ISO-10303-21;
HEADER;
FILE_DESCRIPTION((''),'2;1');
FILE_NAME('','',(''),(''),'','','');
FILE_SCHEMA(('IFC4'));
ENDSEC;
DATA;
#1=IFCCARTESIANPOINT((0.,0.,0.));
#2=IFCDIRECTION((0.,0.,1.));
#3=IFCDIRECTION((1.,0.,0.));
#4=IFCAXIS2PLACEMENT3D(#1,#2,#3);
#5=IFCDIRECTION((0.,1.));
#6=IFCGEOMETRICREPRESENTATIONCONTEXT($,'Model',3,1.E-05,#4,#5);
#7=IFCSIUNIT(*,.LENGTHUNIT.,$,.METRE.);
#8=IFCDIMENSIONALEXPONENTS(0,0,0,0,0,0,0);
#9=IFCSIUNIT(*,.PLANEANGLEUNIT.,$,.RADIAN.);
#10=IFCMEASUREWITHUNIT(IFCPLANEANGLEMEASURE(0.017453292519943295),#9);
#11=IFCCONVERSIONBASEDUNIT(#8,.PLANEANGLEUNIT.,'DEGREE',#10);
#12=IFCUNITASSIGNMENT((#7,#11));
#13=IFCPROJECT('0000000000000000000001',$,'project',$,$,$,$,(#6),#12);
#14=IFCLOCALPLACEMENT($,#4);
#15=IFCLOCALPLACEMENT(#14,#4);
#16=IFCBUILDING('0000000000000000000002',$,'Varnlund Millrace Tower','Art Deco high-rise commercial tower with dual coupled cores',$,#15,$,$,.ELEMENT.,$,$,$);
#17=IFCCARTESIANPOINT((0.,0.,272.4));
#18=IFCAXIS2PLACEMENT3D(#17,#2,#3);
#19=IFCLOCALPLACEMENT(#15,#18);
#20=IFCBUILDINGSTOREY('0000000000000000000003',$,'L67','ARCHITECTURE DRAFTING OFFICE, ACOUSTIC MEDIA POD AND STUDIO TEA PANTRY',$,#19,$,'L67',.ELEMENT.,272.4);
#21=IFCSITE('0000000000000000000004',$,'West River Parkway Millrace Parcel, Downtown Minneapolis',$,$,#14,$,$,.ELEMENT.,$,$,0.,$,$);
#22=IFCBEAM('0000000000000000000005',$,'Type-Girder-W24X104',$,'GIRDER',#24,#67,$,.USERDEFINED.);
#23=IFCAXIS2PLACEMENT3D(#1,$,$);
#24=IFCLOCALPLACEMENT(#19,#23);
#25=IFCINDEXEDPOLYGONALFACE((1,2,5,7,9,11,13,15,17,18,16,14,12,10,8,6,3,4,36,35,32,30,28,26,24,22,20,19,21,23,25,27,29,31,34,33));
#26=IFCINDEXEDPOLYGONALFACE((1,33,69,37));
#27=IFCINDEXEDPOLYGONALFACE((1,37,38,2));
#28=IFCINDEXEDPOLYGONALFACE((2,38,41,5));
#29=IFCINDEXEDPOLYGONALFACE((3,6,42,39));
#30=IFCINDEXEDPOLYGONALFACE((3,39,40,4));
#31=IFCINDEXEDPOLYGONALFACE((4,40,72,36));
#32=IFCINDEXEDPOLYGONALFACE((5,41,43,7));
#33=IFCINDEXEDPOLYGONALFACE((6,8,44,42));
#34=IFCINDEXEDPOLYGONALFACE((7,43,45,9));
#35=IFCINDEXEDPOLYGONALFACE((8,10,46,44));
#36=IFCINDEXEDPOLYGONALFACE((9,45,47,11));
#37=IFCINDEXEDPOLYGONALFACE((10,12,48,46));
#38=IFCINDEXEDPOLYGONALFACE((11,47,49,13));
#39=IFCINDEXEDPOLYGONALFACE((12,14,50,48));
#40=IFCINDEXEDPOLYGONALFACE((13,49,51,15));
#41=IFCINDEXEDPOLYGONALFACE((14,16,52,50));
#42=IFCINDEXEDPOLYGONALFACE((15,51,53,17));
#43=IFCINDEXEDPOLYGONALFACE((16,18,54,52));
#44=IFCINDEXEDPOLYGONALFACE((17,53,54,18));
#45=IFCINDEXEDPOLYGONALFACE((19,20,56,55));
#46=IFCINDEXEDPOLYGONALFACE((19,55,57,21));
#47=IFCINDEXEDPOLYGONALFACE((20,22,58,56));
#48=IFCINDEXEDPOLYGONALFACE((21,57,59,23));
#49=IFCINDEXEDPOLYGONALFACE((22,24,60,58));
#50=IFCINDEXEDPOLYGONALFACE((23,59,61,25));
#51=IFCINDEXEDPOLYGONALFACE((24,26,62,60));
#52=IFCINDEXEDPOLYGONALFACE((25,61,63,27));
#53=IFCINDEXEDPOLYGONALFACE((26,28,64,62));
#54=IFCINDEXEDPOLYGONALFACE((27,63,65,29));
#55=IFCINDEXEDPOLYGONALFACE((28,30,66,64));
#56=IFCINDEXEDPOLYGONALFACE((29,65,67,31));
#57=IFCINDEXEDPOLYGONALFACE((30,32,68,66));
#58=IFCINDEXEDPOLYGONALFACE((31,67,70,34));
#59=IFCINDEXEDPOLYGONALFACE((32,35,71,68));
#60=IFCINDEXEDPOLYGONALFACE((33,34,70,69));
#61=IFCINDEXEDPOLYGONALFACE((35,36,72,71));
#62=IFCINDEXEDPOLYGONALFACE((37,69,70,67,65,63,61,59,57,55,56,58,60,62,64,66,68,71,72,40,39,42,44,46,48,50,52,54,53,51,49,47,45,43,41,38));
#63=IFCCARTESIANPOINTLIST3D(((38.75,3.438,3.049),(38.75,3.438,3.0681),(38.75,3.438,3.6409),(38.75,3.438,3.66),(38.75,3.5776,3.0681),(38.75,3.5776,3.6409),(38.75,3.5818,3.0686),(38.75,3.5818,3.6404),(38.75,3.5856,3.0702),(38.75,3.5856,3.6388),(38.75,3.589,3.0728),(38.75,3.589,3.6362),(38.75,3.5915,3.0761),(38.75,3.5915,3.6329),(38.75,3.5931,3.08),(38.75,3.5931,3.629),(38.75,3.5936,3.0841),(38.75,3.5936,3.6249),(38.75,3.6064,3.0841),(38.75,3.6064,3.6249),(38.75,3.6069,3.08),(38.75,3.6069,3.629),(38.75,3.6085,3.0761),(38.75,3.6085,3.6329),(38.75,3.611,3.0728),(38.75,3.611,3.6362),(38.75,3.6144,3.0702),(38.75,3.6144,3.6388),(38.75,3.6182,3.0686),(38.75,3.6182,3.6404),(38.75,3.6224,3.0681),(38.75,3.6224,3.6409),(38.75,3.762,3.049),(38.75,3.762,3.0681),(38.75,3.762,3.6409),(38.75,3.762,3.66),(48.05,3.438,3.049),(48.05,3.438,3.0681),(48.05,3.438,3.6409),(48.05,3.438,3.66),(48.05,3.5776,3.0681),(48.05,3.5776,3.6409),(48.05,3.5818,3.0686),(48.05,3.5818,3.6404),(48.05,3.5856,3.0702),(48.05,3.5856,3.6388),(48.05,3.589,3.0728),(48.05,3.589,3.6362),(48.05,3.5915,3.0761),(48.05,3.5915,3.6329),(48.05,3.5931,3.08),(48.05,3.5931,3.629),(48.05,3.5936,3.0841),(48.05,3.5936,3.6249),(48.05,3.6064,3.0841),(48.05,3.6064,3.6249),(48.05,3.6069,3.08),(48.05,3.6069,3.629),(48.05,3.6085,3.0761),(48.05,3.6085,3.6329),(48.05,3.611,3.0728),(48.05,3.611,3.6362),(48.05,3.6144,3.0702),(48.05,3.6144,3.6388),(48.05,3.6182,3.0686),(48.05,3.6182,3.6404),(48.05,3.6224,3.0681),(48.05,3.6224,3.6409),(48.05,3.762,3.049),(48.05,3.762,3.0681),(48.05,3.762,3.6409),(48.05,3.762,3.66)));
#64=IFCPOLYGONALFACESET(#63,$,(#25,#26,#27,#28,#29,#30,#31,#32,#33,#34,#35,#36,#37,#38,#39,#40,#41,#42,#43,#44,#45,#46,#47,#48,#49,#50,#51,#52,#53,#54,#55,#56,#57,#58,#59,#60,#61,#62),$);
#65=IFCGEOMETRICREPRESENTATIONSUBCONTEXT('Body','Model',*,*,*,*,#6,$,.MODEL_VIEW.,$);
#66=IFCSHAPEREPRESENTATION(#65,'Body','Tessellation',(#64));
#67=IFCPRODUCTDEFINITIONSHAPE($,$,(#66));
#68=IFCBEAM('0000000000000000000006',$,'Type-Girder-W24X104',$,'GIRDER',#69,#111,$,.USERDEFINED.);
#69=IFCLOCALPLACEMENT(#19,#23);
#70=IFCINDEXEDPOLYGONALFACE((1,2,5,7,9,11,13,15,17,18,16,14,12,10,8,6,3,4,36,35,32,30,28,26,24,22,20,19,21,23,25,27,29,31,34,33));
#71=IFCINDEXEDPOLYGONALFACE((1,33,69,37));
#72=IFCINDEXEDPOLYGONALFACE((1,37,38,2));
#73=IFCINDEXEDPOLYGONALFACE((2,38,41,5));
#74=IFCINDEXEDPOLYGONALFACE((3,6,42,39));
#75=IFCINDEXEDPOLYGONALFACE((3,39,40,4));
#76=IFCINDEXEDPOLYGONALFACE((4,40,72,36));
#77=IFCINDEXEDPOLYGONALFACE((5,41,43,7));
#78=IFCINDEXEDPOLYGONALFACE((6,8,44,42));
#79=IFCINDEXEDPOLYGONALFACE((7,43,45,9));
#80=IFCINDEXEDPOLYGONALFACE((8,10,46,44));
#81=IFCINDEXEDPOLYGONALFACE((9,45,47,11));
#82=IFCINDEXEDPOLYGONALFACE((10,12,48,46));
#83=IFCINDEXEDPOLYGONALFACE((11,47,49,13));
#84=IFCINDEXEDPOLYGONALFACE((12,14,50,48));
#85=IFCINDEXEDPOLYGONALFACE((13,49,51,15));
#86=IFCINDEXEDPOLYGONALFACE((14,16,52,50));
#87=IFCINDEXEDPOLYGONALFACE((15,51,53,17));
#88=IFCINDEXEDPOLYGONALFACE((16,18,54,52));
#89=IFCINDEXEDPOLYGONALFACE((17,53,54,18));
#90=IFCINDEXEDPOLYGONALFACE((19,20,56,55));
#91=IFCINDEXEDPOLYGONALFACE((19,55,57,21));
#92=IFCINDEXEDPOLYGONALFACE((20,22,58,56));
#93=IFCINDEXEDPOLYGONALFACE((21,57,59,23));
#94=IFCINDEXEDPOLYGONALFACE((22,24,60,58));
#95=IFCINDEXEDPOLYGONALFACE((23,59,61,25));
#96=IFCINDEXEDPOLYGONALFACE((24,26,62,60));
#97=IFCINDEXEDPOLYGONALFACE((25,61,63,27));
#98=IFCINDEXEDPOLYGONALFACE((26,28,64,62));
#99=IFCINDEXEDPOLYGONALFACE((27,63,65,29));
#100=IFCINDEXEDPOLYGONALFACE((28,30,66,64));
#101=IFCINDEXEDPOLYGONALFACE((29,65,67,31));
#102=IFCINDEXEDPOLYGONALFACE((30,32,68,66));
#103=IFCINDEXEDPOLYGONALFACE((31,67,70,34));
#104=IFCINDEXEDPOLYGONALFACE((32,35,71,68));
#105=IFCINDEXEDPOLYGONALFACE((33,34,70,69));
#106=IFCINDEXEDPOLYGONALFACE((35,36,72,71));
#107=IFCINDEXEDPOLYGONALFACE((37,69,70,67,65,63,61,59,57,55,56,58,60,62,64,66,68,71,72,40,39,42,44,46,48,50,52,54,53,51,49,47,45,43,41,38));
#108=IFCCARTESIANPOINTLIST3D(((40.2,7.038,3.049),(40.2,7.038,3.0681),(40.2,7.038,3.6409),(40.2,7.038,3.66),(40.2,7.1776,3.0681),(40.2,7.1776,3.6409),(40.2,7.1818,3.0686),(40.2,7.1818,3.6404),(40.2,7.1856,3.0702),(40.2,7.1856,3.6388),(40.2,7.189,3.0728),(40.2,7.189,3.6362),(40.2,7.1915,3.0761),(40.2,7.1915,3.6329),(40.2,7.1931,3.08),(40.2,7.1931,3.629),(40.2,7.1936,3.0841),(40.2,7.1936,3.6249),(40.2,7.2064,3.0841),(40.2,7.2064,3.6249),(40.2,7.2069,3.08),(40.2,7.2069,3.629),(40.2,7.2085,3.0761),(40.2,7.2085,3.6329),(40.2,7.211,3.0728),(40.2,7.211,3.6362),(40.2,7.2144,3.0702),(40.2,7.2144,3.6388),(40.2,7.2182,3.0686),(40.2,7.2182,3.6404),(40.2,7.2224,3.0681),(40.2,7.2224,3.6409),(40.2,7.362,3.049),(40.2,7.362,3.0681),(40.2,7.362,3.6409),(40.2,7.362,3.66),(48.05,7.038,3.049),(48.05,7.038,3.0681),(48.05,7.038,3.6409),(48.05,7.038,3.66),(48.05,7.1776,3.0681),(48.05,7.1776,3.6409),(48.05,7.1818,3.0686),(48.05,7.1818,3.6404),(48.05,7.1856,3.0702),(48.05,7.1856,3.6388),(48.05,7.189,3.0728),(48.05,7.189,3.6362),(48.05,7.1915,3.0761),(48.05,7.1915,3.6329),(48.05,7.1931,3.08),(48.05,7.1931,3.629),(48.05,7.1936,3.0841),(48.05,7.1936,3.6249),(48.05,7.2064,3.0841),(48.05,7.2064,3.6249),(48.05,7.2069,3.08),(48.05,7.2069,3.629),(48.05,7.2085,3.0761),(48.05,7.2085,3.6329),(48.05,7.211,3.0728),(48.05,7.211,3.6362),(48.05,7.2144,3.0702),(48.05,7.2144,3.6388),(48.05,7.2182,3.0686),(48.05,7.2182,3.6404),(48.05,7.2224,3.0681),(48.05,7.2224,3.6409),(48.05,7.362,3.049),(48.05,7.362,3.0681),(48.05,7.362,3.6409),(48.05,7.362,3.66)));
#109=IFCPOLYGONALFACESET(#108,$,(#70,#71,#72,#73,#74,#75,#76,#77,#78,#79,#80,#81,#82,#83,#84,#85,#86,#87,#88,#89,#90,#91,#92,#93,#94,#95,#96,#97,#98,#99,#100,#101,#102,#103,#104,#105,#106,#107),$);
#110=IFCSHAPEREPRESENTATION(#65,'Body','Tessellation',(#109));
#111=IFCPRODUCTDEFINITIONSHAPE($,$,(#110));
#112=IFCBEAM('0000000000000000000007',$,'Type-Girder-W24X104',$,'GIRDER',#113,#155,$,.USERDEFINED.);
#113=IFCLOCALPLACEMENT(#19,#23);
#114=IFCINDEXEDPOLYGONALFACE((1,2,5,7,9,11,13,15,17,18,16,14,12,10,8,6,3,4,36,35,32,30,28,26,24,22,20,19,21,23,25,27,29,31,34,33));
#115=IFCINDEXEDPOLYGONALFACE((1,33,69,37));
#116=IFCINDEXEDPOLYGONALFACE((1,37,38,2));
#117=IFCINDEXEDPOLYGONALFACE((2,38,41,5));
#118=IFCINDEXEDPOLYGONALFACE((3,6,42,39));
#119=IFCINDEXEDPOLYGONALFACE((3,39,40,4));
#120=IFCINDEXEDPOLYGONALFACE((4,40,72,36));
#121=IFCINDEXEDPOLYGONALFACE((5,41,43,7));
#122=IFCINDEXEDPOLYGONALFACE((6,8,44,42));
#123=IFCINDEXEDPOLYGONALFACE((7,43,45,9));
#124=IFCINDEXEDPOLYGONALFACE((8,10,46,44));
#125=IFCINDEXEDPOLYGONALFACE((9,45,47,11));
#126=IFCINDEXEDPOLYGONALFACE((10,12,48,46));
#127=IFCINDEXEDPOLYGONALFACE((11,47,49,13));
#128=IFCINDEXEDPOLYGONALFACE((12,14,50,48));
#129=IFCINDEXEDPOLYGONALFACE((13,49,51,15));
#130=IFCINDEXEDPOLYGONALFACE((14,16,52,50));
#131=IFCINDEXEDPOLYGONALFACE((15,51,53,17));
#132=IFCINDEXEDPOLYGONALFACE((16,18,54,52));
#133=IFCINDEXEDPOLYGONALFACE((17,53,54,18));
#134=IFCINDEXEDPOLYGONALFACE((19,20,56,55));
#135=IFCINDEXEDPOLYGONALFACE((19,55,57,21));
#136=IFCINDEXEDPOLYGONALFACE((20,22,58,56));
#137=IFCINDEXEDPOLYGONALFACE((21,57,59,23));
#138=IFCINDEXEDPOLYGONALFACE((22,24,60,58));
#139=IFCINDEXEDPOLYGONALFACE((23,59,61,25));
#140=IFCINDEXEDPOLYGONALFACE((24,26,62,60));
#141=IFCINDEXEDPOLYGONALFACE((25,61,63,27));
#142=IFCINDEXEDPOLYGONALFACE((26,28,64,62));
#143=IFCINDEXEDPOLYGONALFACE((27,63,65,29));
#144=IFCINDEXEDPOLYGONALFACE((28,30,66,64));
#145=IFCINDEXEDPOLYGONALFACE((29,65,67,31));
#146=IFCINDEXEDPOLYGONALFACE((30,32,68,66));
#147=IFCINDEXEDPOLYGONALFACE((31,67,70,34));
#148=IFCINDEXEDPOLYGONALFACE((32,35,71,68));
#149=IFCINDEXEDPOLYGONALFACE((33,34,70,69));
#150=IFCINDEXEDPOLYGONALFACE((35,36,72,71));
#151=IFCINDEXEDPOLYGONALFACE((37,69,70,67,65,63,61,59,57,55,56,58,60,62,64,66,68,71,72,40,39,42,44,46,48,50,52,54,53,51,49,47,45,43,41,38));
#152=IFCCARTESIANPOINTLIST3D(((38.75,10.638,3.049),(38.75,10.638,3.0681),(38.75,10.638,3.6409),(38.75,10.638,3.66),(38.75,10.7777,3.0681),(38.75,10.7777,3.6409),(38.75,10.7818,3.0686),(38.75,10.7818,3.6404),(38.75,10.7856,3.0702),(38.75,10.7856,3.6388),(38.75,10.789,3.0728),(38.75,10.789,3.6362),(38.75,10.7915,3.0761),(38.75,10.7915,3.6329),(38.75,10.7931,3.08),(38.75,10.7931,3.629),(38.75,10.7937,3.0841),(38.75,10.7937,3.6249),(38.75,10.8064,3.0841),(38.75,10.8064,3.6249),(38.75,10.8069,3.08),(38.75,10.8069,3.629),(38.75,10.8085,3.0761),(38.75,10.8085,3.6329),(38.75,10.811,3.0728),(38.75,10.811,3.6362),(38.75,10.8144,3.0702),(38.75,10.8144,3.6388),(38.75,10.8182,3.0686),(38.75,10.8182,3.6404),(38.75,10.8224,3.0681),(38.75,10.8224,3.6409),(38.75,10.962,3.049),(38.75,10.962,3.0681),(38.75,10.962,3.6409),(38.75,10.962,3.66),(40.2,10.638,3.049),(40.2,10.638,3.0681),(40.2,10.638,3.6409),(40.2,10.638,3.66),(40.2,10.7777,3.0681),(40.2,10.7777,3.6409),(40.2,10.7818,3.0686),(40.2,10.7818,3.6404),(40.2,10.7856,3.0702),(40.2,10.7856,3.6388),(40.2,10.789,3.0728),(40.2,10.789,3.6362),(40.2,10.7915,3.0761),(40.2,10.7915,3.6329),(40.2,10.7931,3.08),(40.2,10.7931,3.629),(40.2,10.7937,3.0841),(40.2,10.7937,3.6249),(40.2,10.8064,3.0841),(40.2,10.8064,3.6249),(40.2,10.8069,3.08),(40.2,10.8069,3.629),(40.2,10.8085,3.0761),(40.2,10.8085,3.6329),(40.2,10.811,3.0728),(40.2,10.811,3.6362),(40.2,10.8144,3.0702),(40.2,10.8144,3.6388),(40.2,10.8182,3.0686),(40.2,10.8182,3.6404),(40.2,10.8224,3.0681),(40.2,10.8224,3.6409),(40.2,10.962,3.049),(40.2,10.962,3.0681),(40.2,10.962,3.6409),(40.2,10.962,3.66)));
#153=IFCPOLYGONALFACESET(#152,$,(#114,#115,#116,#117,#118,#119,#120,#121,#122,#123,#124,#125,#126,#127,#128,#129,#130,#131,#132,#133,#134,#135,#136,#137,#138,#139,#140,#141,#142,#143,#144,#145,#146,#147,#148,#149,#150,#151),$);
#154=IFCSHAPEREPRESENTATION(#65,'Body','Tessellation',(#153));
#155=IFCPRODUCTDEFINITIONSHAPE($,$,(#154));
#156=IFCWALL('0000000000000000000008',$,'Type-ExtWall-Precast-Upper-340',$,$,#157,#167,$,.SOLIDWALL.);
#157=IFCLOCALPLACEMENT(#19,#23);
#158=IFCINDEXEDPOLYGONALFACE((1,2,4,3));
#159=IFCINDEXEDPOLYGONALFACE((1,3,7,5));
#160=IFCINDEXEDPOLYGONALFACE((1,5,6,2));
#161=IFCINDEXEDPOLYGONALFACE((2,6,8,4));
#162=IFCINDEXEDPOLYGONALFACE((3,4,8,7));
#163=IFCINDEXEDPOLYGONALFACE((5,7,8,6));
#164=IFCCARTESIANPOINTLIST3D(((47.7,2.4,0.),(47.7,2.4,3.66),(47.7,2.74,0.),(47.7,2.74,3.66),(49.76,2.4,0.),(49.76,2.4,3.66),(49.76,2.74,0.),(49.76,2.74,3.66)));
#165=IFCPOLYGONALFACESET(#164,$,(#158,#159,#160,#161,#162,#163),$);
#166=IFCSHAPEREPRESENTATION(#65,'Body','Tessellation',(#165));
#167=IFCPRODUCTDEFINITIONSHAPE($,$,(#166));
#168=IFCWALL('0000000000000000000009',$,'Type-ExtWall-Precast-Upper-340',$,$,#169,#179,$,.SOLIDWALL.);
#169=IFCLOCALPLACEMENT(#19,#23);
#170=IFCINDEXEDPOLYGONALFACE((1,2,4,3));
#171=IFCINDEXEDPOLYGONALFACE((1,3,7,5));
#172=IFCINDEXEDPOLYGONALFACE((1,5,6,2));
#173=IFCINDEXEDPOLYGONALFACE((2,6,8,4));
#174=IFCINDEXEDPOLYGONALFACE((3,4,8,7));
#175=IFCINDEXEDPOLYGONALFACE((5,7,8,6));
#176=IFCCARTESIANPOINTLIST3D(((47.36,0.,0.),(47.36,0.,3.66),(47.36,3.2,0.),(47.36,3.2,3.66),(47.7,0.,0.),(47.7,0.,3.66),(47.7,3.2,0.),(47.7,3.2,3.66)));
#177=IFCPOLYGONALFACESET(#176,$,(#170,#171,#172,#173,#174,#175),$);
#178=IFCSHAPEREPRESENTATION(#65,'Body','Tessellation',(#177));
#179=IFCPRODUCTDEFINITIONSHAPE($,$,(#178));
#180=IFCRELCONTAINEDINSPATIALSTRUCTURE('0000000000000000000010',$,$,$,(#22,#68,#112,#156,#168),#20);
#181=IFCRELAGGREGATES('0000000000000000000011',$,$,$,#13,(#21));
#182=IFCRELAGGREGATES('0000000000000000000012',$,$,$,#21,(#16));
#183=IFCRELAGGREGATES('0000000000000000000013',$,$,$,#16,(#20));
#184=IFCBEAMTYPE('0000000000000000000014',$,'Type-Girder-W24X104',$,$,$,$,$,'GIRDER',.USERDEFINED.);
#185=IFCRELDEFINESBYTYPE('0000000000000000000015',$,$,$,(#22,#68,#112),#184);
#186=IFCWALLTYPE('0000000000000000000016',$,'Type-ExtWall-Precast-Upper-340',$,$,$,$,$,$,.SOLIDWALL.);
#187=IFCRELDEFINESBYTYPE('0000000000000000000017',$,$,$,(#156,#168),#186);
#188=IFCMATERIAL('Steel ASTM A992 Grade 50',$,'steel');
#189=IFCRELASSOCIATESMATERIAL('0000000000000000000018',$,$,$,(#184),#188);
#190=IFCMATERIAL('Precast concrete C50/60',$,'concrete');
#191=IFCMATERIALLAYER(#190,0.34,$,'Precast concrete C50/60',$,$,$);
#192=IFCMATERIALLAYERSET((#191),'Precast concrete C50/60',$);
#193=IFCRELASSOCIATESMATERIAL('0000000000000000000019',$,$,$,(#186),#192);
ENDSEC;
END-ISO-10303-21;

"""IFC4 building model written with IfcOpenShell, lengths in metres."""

from ifc_helpers import new_model, entity, si_unit, converted_unit, direction, frame, origin_with_axes, origin_2d_with_axis, place, context, subcontext, project, spatial, polyline, i_section, outline, extrude, material, layer, layer_set, material_profile, profile_set, type_object, element, save


model = new_model("IFC4")

# Units and contexts
model_context = context("Model", 3, precision=1e-05, world=origin_with_axes(), true_north=direction((0.0, 1.0)))
body_context = subcontext(model_context, "Body", "Model", "MODEL_VIEW")
ifc_project = project(units=[si_unit("LENGTHUNIT", "METRE"), converted_unit("PLANEANGLEUNIT", "DEGREE", entity("IfcPlaneAngleMeasure", 0.017453292519943295), si_unit("PLANEANGLEUNIT", "RADIAN"), dimensions=[0, 0, 0, 0, 0, 0, 0])], contexts=[model_context])

# Site, building, storey
site_placement = place(None, origin_with_axes())
site = spatial("IfcSite", under=ifc_project, at=site_placement, Name="West River Parkway Millrace Parcel, Downtown Minneapolis", CompositionType="ELEMENT", RefElevation=0.0)
building_placement = place(site_placement, origin_with_axes())
building = spatial("IfcBuilding", under=site, at=building_placement, Name="Varnlund Millrace Tower", Description="Art Deco high-rise commercial tower with dual coupled cores", CompositionType="ELEMENT")
storey_placement = place(building_placement, frame((0.0, 0.0, 272.4), z_axis=(0.0, 0.0, 1.0), x_axis=(1.0, 0.0, 0.0)))
storey = spatial("IfcBuildingStorey", under=building, at=storey_placement, Name="L67", Description="ARCHITECTURE DRAFTING OFFICE, ACOUSTIC MEDIA POD AND STUDIO TEA PANTRY", LongName="L67", CompositionType="ELEMENT", Elevation=272.4)

# Beams
ifc_material_1 = material(Name="Steel ASTM A992 Grade 50", Category="steel")
ifc_material_profile_1 = material_profile(ifc_material_1, i_section(OverallWidth=0.324, OverallDepth=0.611, WebThickness=0.0127, FlangeThickness=0.0191, FilletRadius=0.016, at=origin_2d_with_axis()), Name="Steel ASTM A992 Grade 50")
ifc_profile_set_1 = profile_set([ifc_material_profile_1], Name="Steel ASTM A992 Grade 50")
beam_type_1 = type_object("IfcBeamType", Name="Type-Girder-W24X104", ElementType="GIRDER", PredefinedType="USERDEFINED", material=ifc_profile_set_1)
beam_1_placement = place(storey_placement, frame((38.75, 3.6, 3.3545), z_axis=(1.0, 0.0, 0.0), x_axis=(0.0, 1.0, 0.0)))
element("IfcBeam", 1, at=beam_1_placement, inside=storey, type_object=beam_type_1, Name="Type-Girder-W24X104", ObjectType="GIRDER", PredefinedType="USERDEFINED", context=body_context, shape_type="SweptSolid", body=[
    extrude(i_section(OverallWidth=0.324, OverallDepth=0.611, WebThickness=0.0127, FlangeThickness=0.0191, FilletRadius=0.016, at=origin_2d_with_axis()), origin_with_axes(), (0.0, 0.0, 1.0), 9.3),
])
beam_2_placement = place(storey_placement, frame((40.2, 7.2, 3.3545), z_axis=(1.0, 0.0, 0.0), x_axis=(0.0, 1.0, 0.0)))
element("IfcBeam", 2, at=beam_2_placement, inside=storey, type_object=beam_type_1, Name="Type-Girder-W24X104", ObjectType="GIRDER", PredefinedType="USERDEFINED", context=body_context, shape_type="SweptSolid", body=[
    extrude(i_section(OverallWidth=0.324, OverallDepth=0.611, WebThickness=0.0127, FlangeThickness=0.0191, FilletRadius=0.016, at=origin_2d_with_axis()), origin_with_axes(), (0.0, 0.0, 1.0), 7.85),
])
beam_3_placement = place(storey_placement, frame((38.75, 10.8, 3.3545), z_axis=(1.0, 0.0, 0.0), x_axis=(0.0, 1.0, 0.0)))
element("IfcBeam", 3, at=beam_3_placement, inside=storey, type_object=beam_type_1, Name="Type-Girder-W24X104", ObjectType="GIRDER", PredefinedType="USERDEFINED", context=body_context, shape_type="SweptSolid", body=[
    extrude(i_section(OverallWidth=0.324, OverallDepth=0.611, WebThickness=0.0127, FlangeThickness=0.0191, FilletRadius=0.016, at=origin_2d_with_axis()), origin_with_axes(), (0.0, 0.0, 1.0), 1.45),
])

# Walls
ifc_material_2 = material(Name="Precast concrete C50/60", Category="concrete")
ifc_layer_1 = layer(ifc_material_2, 0.34, Name="Precast concrete C50/60")
ifc_layer_set_1 = layer_set([ifc_layer_1], Name="Precast concrete C50/60")
wall_type_1 = type_object("IfcWallType", Name="Type-ExtWall-Precast-Upper-340", PredefinedType="SOLIDWALL", material=ifc_layer_set_1)
wall_1_placement = place(storey_placement, frame((49.76, 2.57, 0.0), z_axis=(0.0, 0.0, 1.0), x_axis=(-1.0, 0.0, 0.0)))
element("IfcWall", 4, at=wall_1_placement, inside=storey, type_object=wall_type_1, Name="Type-ExtWall-Precast-Upper-340", PredefinedType="SOLIDWALL", context=body_context, shape_type="SweptSolid", body=[
    extrude(outline(polyline([(0.0, -0.17), (2.06, -0.17), (2.06, 0.17), (0.0, 0.17), (0.0, -0.17)])), origin_with_axes(), (0.0, 0.0, 1.0), 3.66),
])
wall_2_placement = place(storey_placement, frame((47.53, 3.2, 0.0), z_axis=(0.0, 0.0, 1.0), x_axis=(0.0, -1.0, 0.0)))
element("IfcWall", 5, at=wall_2_placement, inside=storey, type_object=wall_type_1, Name="Type-ExtWall-Precast-Upper-340", PredefinedType="SOLIDWALL", context=body_context, shape_type="SweptSolid", body=[
    extrude(outline(polyline([(0.0, -0.17), (3.2, -0.17), (3.2, 0.17), (0.0, 0.17), (0.0, -0.17)])), origin_with_axes(), (0.0, 0.0, 1.0), 3.66),
])

save(model, "model.ifc")
